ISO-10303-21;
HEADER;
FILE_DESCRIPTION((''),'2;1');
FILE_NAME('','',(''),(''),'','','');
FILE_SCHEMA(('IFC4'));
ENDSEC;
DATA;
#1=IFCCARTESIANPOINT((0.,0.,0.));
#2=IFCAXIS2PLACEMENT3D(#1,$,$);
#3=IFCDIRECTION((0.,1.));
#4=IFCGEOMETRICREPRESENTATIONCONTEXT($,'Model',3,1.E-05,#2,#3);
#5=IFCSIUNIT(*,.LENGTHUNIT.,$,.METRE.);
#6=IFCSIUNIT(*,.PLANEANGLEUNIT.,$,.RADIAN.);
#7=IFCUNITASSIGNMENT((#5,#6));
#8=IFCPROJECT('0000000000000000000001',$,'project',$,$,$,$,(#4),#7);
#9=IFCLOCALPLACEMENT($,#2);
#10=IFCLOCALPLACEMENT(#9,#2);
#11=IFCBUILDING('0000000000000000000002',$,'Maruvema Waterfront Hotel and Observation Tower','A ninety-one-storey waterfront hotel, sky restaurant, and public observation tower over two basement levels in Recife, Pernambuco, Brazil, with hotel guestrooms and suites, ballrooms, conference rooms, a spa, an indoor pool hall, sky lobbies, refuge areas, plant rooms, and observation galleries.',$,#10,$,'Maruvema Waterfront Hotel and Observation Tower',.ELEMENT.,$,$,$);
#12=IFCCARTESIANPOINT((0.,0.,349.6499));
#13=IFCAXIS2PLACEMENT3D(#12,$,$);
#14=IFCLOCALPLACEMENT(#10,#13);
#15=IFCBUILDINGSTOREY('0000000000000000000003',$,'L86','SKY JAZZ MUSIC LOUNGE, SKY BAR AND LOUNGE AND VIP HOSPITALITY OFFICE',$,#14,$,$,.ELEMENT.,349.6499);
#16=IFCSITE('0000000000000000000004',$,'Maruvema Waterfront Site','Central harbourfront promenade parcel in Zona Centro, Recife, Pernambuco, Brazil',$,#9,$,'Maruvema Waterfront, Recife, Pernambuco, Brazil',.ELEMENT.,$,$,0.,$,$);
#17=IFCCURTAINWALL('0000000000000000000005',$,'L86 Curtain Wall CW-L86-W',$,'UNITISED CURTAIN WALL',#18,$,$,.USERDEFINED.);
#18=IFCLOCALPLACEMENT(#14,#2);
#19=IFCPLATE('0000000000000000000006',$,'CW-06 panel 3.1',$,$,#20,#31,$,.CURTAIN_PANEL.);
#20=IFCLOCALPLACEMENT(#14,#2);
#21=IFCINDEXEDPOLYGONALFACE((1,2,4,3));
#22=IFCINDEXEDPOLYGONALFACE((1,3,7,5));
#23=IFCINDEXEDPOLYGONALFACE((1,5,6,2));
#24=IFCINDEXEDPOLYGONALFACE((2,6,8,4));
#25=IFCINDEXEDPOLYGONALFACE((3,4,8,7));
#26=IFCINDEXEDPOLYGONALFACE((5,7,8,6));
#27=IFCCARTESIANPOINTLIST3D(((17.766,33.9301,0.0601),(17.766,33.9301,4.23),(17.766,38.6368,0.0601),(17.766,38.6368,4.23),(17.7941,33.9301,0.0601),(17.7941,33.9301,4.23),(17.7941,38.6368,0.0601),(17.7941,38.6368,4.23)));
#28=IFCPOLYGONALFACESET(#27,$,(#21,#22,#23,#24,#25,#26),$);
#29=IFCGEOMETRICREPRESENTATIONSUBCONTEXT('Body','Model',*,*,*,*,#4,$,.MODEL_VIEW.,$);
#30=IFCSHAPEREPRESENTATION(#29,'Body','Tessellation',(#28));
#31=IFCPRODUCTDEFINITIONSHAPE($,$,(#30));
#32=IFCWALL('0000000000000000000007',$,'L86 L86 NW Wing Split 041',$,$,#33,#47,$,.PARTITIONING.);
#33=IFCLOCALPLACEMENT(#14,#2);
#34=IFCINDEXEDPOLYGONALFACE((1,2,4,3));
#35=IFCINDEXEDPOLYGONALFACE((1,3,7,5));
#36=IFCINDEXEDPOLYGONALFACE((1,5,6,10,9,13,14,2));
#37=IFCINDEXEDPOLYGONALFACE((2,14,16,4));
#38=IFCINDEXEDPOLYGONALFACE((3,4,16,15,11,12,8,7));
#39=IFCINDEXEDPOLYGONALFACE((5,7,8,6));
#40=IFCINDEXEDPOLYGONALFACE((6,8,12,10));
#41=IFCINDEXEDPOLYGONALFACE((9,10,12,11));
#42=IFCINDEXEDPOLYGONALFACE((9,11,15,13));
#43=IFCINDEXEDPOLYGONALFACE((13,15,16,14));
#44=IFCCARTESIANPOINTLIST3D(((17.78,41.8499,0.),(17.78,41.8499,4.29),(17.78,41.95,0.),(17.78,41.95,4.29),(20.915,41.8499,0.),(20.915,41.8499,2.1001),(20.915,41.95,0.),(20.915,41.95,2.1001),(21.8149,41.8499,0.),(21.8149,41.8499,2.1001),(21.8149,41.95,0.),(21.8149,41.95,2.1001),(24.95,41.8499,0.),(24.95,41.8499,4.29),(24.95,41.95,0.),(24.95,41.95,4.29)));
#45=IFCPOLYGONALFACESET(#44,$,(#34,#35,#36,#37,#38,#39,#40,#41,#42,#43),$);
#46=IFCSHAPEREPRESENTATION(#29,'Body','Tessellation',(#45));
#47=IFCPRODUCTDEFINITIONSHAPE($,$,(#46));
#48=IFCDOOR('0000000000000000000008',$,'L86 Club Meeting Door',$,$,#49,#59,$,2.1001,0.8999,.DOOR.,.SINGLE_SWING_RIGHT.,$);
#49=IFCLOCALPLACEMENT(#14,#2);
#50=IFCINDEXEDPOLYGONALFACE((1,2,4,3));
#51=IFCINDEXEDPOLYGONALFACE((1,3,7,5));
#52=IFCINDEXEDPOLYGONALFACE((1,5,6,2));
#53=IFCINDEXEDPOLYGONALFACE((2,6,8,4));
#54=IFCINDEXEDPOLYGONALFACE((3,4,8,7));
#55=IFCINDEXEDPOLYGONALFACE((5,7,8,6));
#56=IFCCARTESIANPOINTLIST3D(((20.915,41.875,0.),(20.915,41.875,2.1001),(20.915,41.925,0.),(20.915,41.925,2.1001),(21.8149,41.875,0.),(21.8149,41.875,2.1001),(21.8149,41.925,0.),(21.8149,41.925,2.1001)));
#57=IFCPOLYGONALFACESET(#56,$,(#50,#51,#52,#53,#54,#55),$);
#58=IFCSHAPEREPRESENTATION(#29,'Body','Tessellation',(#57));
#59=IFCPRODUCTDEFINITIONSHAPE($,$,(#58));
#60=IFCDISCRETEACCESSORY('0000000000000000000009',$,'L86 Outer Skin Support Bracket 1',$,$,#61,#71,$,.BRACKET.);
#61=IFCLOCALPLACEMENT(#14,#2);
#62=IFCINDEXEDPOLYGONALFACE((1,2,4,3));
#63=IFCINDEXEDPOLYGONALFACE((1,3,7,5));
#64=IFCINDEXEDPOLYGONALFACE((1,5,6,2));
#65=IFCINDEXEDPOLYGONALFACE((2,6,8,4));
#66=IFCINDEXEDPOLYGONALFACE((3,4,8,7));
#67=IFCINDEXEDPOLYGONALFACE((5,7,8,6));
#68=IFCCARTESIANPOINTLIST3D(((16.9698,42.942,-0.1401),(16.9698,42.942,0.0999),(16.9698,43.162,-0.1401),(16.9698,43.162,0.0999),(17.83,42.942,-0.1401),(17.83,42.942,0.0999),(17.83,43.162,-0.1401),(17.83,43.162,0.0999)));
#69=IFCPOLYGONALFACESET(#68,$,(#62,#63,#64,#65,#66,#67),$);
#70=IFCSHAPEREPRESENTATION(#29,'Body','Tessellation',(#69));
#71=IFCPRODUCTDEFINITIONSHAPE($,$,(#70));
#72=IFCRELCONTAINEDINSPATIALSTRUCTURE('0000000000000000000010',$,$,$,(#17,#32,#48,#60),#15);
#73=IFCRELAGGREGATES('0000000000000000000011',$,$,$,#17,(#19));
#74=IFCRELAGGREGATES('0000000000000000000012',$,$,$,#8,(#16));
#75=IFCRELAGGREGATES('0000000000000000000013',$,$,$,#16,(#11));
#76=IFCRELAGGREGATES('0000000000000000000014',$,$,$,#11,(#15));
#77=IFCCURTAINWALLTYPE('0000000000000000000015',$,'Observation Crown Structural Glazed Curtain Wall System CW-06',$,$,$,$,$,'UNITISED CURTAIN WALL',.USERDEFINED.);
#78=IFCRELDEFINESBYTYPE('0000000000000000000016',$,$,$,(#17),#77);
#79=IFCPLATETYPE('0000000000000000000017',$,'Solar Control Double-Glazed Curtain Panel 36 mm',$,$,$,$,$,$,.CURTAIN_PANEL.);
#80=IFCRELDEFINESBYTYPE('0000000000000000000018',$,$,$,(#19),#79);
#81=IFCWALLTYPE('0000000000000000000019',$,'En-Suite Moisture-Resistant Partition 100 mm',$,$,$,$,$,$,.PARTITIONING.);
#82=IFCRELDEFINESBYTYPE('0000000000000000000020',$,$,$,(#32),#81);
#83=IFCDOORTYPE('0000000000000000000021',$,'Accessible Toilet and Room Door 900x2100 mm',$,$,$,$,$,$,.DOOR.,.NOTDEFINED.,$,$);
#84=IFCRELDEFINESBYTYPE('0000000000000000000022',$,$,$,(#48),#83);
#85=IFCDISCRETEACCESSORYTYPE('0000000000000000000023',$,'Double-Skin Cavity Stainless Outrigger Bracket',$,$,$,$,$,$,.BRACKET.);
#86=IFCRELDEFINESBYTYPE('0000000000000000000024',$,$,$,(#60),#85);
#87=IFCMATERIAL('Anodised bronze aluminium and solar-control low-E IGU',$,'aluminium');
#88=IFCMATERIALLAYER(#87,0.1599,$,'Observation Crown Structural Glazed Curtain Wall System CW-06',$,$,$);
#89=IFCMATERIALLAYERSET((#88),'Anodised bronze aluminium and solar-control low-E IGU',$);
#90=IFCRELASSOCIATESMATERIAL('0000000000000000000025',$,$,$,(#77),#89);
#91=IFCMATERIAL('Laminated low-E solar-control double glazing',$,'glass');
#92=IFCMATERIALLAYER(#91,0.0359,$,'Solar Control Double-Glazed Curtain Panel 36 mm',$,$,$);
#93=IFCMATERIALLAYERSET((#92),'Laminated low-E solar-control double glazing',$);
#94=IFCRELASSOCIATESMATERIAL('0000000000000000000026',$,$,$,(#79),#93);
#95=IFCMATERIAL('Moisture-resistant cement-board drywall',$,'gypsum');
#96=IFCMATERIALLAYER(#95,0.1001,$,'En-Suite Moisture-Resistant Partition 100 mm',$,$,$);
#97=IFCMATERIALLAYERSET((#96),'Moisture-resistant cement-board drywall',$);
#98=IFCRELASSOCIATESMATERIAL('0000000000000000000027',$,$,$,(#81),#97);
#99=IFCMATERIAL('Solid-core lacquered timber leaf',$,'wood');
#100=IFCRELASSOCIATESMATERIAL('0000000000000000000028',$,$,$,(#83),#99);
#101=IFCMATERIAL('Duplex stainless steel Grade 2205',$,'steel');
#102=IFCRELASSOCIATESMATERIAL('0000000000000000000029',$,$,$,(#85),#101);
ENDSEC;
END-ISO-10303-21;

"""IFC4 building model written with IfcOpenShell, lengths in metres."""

from ifc_helpers import new_model, si_unit, direction, frame, frame_2d, origin, origin_2d, place, context, subcontext, project, spatial, rectangle, extrude, material, layer, layer_set, type_object, element, fill, aggregate, save


model = new_model("IFC4")

# Units and contexts
model_context = context("Model", 3, precision=1e-05, world=origin(), true_north=direction((0.0, 1.0)))
body_context = subcontext(model_context, "Body", "Model", "MODEL_VIEW")
ifc_project = project(units=[si_unit("LENGTHUNIT", "METRE"), si_unit("PLANEANGLEUNIT", "RADIAN")], contexts=[model_context])

# Site, building, storey
site_placement = place(None, origin())
site = spatial("IfcSite", under=ifc_project, at=site_placement, Name="Maruvema Waterfront Site", Description="Central harbourfront promenade parcel in Zona Centro, Recife, Pernambuco, Brazil", LongName="Maruvema Waterfront, Recife, Pernambuco, Brazil", CompositionType="ELEMENT", RefElevation=0.0)
building_placement = place(site_placement, origin())
building = spatial("IfcBuilding", under=site, at=building_placement, Name="Maruvema Waterfront Hotel and Observation Tower", Description="A ninety-one-storey waterfront hotel, sky restaurant, and public observation tower over two basement levels in Recife, Pernambuco, Brazil, with hotel guestrooms and suites, ballrooms, conference rooms, a spa, an indoor pool hall, sky lobbies, refuge areas, plant rooms, and observation galleries.", LongName="Maruvema Waterfront Hotel and Observation Tower", CompositionType="ELEMENT")
storey_placement = place(building_placement, frame((0.0, 0.0, 349.6499)))
storey = spatial("IfcBuildingStorey", under=building, at=storey_placement, Name="L86", Description="SKY JAZZ MUSIC LOUNGE, SKY BAR AND LOUNGE AND VIP HOSPITALITY OFFICE", CompositionType="ELEMENT", Elevation=349.6499)

# Curtain wall
ifc_material_1 = material(Name="Anodised bronze aluminium and solar-control low-E IGU", Category="aluminium")
ifc_layer_1 = layer(ifc_material_1, 0.1599, Name="Observation Crown Structural Glazed Curtain Wall System CW-06")
ifc_layer_set_1 = layer_set([ifc_layer_1], Name="Anodised bronze aluminium and solar-control low-E IGU")
curtain_wall_type = type_object("IfcCurtainWallType", Name="Observation Crown Structural Glazed Curtain Wall System CW-06", ElementType="UNITISED CURTAIN WALL", PredefinedType="USERDEFINED", material=ifc_layer_set_1)
curtain_wall_placement = place(storey_placement, origin())
curtain_wall = element("IfcCurtainWall", 1, at=curtain_wall_placement, inside=storey, type_object=curtain_wall_type, Name="L86 Curtain Wall CW-L86-W", ObjectType="UNITISED CURTAIN WALL", PredefinedType="USERDEFINED")

# Plate
ifc_material_2 = material(Name="Laminated low-E solar-control double glazing", Category="glass")
ifc_layer_2 = layer(ifc_material_2, 0.0359, Name="Solar Control Double-Glazed Curtain Panel 36 mm")
ifc_layer_set_2 = layer_set([ifc_layer_2], Name="Laminated low-E solar-control double glazing")
plate_type = type_object("IfcPlateType", Name="Solar Control Double-Glazed Curtain Panel 36 mm", PredefinedType="CURTAIN_PANEL", material=ifc_layer_set_2)
plate_1_placement = place(storey_placement, frame((17.78, 36.2834, 0.0601), z_axis=(0.0, 0.0, 1.0), x_axis=(0.0, -1.0, 0.0)))
plate_1 = element("IfcPlate", 2, at=plate_1_placement, type_object=plate_type, Name="CW-06 panel 3.1", PredefinedType="CURTAIN_PANEL", context=body_context, shape_type="SweptSolid", body=[
    extrude(rectangle(XDim=4.7068, YDim=0.0281, at=origin_2d()), origin(), (0.0, 0.0, 1.0), 4.1699),
])
aggregate(curtain_wall, [plate_1])

# Wall, opening, door
ifc_material_3 = material(Name="Moisture-resistant cement-board drywall", Category="gypsum")
ifc_layer_3 = layer(ifc_material_3, 0.1001, Name="En-Suite Moisture-Resistant Partition 100 mm")
ifc_layer_set_3 = layer_set([ifc_layer_3], Name="Moisture-resistant cement-board drywall")
wall_type_1 = type_object("IfcWallType", Name="En-Suite Moisture-Resistant Partition 100 mm", PredefinedType="PARTITIONING", material=ifc_layer_set_3)
wall_1_placement = place(storey_placement, frame((17.78, 41.8999, 0.0), z_axis=(0.0, 0.0, 1.0), x_axis=(1.0, 0.0, 0.0)))
wall_1 = element("IfcWall", 3, at=wall_1_placement, inside=storey, type_object=wall_type_1, Name="L86 L86 NW Wing Split 041", PredefinedType="PARTITIONING", context=body_context, shape_type="SweptSolid", body=[
    extrude(rectangle(XDim=7.1699, YDim=0.1001, at=frame_2d((3.585, 0.0))), origin(), (0.0, 0.0, 1.0), 4.29),
])
opening_1_placement = place(wall_1_placement, frame((3.135, 0.0, 0.0)))
opening_1 = element("IfcOpeningElement", 4, at=opening_1_placement, cuts=wall_1, PredefinedType="OPENING", context=body_context, shape_type="SweptSolid", body=[
    extrude(rectangle(XDim=0.8999, YDim=2.1001, at=frame_2d((0.45, 1.05))), frame((0.0, 0.0601, 0.0), z_axis=(0.0, -1.0, 0.0), x_axis=(1.0, 0.0, 0.0)), (0.0, 0.0, 1.0), 0.1201),
])
ifc_material_4 = material(Name="Solid-core lacquered timber leaf", Category="wood")
door_type_1 = type_object("IfcDoorType", Name="Accessible Toilet and Room Door 900x2100 mm", OperationType="NOTDEFINED", PredefinedType="DOOR", material=ifc_material_4)
door_1_placement = place(opening_1_placement, frame((0.8999, 0.0, 0.0), z_axis=(0.0, 0.0, 1.0), x_axis=(-1.0, 0.0, 0.0)))
door_1 = element("IfcDoor", 5, at=door_1_placement, inside=storey, type_object=door_type_1, Name="L86 Club Meeting Door", OperationType="SINGLE_SWING_RIGHT", OverallHeight=2.1001, OverallWidth=0.8999, PredefinedType="DOOR", context=body_context, shape_type="SweptSolid", body=[
    extrude(rectangle(XDim=0.8999, YDim=2.1001, at=frame_2d((0.45, 1.05))), frame((0.0, 0.0249, 0.0), z_axis=(0.0, -1.0, 0.0), x_axis=(1.0, 0.0, 0.0)), (0.0, 0.0, 1.0), 0.05),
])
fill(opening_1, door_1)

# Discrete accessory
ifc_material_5 = material(Name="Duplex stainless steel Grade 2205", Category="steel")
discrete_accessory_type = type_object("IfcDiscreteAccessoryType", Name="Double-Skin Cavity Stainless Outrigger Bracket", PredefinedType="BRACKET", material=ifc_material_5)
discrete_accessory_placement = place(storey_placement, frame((17.3999, 43.052, -0.1401), z_axis=(0.0, 0.0, 1.0), x_axis=(0.0, -1.0, 0.0)))
element("IfcDiscreteAccessory", 6, at=discrete_accessory_placement, inside=storey, type_object=discrete_accessory_type, Name="L86 Outer Skin Support Bracket 1", PredefinedType="BRACKET", context=body_context, shape_type="SweptSolid", body=[
    extrude(rectangle(XDim=0.22, YDim=0.8601, at=origin_2d()), origin(), (0.0, 0.0, 1.0), 0.24),
])

save(model, "model.ifc")
